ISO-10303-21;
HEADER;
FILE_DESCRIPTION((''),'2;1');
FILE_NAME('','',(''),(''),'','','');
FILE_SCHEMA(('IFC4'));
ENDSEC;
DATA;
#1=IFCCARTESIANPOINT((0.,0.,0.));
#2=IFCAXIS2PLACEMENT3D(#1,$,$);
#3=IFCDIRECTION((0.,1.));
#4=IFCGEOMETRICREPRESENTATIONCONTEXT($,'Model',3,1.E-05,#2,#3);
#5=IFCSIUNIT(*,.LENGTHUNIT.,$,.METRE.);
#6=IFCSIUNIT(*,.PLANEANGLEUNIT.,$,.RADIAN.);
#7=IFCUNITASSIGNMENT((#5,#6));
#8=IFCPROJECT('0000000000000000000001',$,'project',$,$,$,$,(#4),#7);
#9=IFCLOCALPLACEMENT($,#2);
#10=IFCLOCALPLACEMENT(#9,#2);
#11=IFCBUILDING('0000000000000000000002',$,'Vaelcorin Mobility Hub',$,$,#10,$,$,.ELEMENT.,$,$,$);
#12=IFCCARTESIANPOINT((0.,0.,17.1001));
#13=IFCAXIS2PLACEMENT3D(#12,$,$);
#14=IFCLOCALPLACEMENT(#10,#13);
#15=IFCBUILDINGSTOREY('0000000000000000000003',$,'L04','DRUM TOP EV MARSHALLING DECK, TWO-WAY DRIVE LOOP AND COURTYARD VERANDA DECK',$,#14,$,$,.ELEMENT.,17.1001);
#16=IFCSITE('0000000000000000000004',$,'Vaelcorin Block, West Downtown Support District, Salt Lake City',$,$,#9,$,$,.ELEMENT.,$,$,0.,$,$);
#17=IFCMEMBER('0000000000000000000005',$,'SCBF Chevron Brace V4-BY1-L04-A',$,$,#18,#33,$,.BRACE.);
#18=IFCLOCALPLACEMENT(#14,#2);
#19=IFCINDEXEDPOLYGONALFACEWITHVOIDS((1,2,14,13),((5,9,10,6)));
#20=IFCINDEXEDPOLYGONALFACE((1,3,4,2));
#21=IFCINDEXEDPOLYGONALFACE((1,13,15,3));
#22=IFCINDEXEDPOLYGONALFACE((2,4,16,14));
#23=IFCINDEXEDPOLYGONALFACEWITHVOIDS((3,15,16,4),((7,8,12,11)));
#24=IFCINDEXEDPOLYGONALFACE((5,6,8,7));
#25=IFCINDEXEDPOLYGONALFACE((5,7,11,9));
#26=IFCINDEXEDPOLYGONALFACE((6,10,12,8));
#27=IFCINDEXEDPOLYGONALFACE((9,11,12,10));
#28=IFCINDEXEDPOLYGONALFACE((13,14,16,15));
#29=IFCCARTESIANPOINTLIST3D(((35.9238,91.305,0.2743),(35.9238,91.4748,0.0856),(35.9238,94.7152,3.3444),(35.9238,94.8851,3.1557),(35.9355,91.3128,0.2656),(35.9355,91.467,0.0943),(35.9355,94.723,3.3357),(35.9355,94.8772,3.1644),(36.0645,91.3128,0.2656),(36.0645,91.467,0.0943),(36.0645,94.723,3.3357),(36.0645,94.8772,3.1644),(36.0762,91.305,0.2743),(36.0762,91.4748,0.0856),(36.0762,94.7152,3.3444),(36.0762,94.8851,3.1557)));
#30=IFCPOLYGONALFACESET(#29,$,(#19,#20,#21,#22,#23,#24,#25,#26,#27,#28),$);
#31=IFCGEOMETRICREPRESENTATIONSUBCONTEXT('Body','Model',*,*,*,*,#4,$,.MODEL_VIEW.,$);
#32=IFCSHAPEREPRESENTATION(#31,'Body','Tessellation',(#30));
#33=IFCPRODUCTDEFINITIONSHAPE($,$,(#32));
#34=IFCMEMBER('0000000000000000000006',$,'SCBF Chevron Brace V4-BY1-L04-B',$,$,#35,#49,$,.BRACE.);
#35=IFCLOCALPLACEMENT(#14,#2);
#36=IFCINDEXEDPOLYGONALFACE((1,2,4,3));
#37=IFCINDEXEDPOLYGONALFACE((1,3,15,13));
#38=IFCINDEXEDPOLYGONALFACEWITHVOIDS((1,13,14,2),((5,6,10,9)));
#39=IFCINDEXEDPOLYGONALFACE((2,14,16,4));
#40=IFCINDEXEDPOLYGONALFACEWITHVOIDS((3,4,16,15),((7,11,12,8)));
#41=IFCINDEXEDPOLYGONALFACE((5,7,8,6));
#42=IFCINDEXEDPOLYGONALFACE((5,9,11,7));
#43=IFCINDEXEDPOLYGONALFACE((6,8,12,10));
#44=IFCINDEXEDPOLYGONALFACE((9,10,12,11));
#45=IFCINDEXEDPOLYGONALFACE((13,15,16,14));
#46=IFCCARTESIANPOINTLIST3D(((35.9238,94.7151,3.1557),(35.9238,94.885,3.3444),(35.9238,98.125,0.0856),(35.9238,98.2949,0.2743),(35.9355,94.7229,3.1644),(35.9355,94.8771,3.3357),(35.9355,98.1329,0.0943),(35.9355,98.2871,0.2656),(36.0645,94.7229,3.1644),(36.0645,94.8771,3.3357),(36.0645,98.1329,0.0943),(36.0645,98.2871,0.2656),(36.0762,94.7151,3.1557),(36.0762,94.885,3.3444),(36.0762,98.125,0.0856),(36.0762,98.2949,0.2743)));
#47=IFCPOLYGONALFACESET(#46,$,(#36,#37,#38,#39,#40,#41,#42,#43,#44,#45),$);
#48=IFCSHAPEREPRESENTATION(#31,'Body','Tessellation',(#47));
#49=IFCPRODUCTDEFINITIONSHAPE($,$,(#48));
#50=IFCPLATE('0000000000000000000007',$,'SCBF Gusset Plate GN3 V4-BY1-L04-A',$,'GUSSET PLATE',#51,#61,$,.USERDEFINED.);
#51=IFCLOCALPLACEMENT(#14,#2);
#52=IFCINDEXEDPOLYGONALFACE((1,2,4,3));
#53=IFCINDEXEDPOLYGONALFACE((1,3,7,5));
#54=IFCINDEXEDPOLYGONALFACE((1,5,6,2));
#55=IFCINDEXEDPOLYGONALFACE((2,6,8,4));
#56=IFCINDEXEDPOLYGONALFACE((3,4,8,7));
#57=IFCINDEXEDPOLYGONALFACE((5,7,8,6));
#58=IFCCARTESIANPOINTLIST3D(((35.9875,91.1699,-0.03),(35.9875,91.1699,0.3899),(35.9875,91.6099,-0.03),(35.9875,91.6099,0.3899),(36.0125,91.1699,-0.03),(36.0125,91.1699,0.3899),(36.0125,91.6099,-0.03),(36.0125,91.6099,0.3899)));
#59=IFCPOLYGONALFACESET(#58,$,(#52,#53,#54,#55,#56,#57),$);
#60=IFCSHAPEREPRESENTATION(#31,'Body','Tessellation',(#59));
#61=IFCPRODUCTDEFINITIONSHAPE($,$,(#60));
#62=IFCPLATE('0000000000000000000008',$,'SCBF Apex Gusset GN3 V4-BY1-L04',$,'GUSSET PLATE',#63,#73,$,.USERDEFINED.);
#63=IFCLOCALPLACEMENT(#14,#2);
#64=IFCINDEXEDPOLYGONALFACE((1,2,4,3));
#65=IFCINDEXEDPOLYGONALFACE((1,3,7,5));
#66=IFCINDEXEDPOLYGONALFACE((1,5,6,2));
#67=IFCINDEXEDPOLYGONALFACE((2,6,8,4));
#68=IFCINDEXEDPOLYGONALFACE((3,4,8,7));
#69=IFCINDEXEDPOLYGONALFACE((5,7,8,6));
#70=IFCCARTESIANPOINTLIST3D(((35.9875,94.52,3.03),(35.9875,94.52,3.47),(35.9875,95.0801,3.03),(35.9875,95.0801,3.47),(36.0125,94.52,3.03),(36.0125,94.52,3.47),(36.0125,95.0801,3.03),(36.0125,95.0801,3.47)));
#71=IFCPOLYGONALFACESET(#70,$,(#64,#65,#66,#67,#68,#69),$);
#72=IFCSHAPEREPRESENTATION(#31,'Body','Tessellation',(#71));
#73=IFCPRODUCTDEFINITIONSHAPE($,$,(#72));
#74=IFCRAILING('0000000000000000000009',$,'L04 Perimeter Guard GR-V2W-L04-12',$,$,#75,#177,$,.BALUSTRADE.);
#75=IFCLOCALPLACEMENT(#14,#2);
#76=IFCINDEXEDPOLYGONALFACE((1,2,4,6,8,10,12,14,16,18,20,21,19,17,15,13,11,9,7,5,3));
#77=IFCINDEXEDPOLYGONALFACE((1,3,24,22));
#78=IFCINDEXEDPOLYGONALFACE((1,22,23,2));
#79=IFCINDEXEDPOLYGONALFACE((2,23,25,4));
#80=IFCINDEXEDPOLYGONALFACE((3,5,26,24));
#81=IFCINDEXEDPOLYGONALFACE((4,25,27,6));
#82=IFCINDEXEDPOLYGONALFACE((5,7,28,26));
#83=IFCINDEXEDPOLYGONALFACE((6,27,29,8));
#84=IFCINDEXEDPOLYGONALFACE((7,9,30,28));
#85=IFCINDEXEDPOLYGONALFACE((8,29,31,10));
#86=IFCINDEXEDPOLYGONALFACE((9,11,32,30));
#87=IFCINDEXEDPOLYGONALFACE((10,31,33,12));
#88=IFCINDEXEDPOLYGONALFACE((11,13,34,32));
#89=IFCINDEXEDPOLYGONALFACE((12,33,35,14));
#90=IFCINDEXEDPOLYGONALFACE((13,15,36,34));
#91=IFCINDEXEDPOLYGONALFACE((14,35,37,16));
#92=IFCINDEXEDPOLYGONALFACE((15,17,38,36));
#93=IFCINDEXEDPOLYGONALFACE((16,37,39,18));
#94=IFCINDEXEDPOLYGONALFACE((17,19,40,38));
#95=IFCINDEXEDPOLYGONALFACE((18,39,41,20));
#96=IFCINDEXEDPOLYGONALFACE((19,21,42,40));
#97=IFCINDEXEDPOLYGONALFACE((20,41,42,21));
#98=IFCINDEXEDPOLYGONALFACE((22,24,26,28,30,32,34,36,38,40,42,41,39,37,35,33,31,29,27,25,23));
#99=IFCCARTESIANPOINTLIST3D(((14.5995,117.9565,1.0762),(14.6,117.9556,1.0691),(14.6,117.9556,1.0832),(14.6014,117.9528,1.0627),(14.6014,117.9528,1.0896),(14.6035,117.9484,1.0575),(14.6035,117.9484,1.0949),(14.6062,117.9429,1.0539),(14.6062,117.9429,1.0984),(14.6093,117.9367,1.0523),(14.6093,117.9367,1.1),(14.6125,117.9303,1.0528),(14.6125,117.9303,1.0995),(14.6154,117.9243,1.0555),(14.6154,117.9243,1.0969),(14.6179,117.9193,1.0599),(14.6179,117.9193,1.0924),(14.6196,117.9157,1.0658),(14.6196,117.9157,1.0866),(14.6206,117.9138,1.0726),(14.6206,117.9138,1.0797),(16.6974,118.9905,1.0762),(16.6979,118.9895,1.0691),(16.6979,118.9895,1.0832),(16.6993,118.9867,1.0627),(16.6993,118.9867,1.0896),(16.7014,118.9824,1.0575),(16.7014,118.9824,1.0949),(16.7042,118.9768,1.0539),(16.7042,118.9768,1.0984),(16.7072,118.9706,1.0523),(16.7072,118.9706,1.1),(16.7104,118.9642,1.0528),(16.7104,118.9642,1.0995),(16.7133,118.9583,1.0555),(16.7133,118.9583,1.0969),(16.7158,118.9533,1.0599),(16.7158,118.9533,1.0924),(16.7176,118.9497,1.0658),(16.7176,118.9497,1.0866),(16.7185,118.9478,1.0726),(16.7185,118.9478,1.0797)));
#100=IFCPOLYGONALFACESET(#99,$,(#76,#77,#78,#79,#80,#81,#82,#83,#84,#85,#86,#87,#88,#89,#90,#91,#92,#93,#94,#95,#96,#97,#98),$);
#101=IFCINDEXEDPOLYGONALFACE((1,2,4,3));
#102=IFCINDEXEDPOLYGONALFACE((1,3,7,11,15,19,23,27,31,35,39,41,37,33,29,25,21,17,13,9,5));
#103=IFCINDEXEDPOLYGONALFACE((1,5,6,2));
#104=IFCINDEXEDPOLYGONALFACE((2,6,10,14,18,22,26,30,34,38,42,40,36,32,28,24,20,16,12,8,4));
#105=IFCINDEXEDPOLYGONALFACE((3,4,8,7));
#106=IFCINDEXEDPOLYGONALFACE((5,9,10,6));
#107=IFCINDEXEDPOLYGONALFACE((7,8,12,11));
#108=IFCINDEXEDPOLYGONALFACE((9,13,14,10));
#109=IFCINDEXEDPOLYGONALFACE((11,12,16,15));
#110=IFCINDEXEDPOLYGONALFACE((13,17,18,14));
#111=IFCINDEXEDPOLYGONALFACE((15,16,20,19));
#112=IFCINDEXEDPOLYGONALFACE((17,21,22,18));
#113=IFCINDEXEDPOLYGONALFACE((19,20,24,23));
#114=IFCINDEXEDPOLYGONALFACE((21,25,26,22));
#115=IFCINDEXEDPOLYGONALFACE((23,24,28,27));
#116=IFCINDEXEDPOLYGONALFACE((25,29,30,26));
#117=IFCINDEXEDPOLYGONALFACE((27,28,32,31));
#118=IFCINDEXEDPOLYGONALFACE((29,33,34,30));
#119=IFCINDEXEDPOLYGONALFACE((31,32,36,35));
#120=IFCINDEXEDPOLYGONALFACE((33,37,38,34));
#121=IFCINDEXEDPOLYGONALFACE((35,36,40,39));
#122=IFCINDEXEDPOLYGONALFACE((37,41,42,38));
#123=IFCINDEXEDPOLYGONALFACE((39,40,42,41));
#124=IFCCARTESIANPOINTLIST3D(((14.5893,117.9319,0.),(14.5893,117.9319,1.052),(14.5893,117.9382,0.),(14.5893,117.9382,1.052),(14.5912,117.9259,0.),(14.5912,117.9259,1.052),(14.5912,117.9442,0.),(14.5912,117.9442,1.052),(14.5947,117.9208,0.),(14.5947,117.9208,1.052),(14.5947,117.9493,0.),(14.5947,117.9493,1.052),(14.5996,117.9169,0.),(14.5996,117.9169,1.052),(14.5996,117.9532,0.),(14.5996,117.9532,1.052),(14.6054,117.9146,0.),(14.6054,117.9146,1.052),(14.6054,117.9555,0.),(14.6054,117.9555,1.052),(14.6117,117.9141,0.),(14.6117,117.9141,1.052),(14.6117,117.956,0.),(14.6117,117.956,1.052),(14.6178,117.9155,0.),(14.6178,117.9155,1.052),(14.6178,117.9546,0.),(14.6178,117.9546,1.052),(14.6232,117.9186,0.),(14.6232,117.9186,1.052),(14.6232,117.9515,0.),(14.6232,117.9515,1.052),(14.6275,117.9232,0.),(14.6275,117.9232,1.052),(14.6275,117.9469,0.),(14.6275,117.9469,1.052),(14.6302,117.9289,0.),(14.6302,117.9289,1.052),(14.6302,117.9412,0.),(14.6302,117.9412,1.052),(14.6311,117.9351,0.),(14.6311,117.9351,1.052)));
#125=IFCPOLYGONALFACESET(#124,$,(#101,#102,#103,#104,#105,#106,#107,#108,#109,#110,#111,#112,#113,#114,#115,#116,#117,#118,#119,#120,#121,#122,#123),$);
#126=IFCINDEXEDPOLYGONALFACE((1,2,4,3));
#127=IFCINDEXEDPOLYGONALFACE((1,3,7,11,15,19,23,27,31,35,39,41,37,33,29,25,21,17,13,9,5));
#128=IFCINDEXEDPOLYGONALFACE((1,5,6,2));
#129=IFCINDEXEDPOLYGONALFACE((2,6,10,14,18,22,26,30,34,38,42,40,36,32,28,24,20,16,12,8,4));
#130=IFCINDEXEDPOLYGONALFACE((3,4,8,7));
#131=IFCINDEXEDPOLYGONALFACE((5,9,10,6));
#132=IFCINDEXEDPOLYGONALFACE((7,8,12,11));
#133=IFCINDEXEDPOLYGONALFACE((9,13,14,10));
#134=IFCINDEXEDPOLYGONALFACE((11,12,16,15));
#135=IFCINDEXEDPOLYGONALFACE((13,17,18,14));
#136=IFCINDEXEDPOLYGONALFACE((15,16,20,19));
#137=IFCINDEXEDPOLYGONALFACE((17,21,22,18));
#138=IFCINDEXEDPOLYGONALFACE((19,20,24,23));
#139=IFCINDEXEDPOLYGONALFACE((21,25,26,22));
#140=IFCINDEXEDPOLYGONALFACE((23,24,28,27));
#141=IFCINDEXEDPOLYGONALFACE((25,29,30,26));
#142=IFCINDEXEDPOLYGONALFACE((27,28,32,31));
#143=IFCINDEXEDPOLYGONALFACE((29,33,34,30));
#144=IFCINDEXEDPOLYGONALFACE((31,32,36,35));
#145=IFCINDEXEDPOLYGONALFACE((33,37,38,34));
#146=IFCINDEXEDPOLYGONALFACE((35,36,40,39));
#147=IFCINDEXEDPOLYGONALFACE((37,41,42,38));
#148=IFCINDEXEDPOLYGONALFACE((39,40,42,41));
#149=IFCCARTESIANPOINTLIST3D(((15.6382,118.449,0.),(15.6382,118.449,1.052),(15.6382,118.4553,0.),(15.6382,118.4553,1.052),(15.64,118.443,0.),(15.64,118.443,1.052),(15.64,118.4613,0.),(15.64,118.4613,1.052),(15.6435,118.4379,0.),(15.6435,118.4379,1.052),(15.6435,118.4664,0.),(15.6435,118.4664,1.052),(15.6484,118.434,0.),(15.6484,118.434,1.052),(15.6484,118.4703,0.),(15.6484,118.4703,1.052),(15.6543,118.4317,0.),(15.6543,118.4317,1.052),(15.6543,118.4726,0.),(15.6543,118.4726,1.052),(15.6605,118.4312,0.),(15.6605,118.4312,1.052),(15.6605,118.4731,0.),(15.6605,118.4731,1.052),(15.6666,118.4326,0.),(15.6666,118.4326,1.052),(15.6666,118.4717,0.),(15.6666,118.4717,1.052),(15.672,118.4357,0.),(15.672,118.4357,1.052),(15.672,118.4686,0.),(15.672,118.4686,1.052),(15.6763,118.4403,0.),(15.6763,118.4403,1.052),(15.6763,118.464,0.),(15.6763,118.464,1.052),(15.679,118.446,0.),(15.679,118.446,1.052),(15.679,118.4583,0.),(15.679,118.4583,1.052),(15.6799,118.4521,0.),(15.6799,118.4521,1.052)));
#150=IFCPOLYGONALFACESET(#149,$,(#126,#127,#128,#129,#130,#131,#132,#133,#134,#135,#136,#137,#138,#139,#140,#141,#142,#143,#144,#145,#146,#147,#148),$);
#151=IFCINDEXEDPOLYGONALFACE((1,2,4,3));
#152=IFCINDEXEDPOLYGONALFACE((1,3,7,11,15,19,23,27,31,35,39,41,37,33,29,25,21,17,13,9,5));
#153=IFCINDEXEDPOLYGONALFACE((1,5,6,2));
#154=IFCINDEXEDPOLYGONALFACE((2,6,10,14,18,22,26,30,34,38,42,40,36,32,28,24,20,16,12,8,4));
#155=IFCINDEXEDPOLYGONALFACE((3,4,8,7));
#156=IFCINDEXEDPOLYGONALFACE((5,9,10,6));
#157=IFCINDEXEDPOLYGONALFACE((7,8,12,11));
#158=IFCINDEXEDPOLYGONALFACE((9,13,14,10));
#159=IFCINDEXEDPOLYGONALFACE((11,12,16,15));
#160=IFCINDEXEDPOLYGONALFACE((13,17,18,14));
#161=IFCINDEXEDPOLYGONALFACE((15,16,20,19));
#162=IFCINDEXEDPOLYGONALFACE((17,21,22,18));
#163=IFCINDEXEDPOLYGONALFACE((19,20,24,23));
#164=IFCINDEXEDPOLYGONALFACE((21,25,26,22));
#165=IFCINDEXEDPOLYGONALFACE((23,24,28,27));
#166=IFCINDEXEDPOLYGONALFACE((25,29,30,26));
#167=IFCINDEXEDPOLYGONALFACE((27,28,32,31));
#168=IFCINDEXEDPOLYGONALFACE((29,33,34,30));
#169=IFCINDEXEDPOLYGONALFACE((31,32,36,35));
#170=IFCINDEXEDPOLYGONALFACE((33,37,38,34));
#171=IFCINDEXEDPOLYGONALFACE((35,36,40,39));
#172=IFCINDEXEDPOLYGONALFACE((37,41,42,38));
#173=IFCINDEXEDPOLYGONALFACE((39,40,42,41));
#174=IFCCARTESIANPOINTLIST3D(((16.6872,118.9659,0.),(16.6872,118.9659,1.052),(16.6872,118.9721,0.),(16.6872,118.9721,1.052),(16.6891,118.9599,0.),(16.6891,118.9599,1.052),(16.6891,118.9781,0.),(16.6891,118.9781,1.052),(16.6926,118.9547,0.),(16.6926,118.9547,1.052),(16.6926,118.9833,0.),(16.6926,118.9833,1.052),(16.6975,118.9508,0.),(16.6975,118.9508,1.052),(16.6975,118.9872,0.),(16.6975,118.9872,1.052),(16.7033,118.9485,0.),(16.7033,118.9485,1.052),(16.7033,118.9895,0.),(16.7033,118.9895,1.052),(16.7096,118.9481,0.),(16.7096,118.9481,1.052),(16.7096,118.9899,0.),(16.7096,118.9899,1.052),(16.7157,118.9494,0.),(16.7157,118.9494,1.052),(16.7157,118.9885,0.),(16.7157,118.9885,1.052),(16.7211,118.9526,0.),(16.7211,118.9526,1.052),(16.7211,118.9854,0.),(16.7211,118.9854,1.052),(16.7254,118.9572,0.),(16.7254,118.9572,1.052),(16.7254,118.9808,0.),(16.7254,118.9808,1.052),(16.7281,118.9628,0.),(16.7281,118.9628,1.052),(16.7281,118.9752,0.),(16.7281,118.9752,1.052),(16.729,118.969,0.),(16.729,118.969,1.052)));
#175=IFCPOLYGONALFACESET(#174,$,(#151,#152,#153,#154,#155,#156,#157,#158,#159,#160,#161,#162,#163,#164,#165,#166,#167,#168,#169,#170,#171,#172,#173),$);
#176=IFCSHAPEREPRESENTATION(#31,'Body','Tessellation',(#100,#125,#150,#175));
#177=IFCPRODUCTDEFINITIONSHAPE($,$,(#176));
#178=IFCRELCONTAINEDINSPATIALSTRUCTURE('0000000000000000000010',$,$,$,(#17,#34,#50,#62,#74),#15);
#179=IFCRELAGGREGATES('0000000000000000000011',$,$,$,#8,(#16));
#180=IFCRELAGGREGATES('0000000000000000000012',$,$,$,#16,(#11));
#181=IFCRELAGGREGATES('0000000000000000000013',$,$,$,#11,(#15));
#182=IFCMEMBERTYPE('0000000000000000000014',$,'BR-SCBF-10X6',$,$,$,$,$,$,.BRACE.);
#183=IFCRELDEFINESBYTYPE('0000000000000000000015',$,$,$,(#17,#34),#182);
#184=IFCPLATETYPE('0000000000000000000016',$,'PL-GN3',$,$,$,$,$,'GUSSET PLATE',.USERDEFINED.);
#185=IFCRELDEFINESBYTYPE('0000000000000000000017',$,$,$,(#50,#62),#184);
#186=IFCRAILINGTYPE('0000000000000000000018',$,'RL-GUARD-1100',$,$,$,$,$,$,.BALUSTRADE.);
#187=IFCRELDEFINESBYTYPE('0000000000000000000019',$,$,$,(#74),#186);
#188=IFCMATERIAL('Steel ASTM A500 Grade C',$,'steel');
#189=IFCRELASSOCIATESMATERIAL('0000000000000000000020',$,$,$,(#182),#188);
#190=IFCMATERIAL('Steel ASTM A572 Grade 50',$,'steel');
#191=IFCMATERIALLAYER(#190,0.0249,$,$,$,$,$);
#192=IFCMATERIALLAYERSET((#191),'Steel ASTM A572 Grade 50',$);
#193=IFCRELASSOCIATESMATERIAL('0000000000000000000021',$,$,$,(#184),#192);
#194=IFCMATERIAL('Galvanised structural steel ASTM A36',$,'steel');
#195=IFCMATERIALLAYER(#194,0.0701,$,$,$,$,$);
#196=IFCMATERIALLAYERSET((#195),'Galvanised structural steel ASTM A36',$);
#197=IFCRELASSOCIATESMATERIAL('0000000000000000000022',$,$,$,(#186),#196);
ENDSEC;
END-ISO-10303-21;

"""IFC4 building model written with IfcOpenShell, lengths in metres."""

from ifc_helpers import new_model, si_unit, direction, frame, origin, origin_2d, place, context, subcontext, project, spatial, rectangle, hollow_rectangle, circle, extrude, material, layer, layer_set, material_profile, profile_set, type_object, element, save


model = new_model("IFC4")

# Units and contexts
model_context = context("Model", 3, precision=1e-05, world=origin(), true_north=direction((0.0, 1.0)))
body_context = subcontext(model_context, "Body", "Model", "MODEL_VIEW")
ifc_project = project(units=[si_unit("LENGTHUNIT", "METRE"), si_unit("PLANEANGLEUNIT", "RADIAN")], contexts=[model_context])

# Site, building, storey
site_placement = place(None, origin())
site = spatial("IfcSite", under=ifc_project, at=site_placement, Name="Vaelcorin Block, West Downtown Support District, Salt Lake City", CompositionType="ELEMENT", RefElevation=0.0)
building_placement = place(site_placement, origin())
building = spatial("IfcBuilding", under=site, at=building_placement, Name="Vaelcorin Mobility Hub", CompositionType="ELEMENT")
storey_placement = place(building_placement, frame((0.0, 0.0, 17.1001)))
storey = spatial("IfcBuildingStorey", under=building, at=storey_placement, Name="L04", Description="DRUM TOP EV MARSHALLING DECK, TWO-WAY DRIVE LOOP AND COURTYARD VERANDA DECK", CompositionType="ELEMENT", Elevation=17.1001)

# Members
ifc_material_1 = material(Name="Steel ASTM A500 Grade C", Category="steel")
ifc_material_profile_1 = material_profile(ifc_material_1, hollow_rectangle(XDim=0.1523, YDim=0.2539, WallThickness=0.0117, at=origin_2d()), Name="HSS10X6X0.500")
ifc_profile_set_1 = profile_set([ifc_material_profile_1], Name="Steel ASTM A500 Grade C")
member_type = type_object("IfcMemberType", Name="BR-SCBF-10X6", PredefinedType="BRACE", material=ifc_profile_set_1)
member_1_placement = place(storey_placement, frame((36.0, 91.3899, 0.1799), z_axis=(0.0, 0.743194, 0.669076), x_axis=(-1.0, 0.0, 0.0)))
element("IfcMember", 1, at=member_1_placement, inside=storey, type_object=member_type, Name="SCBF Chevron Brace V4-BY1-L04-A", PredefinedType="BRACE", context=body_context, shape_type="SweptSolid", body=[
    extrude(hollow_rectangle(XDim=0.1523, YDim=0.2539, WallThickness=0.0117, at=origin_2d()), origin(), (0.0, 0.0, 1.0), 4.5886),
])
member_2_placement = place(storey_placement, frame((36.0, 98.21, 0.1799), z_axis=(0.0, -0.74317, 0.669103), x_axis=(1.0, 0.0, 0.0)))
element("IfcMember", 2, at=member_2_placement, inside=storey, type_object=member_type, Name="SCBF Chevron Brace V4-BY1-L04-B", PredefinedType="BRACE", context=body_context, shape_type="SweptSolid", body=[
    extrude(hollow_rectangle(XDim=0.1523, YDim=0.2539, WallThickness=0.0117, at=origin_2d()), origin(), (0.0, 0.0, 1.0), 4.5884),
])

# Plates
ifc_material_2 = material(Name="Steel ASTM A572 Grade 50", Category="steel")
ifc_layer_1 = layer(ifc_material_2, 0.0249)
ifc_layer_set_1 = layer_set([ifc_layer_1], Name="Steel ASTM A572 Grade 50")
plate_type = type_object("IfcPlateType", Name="PL-GN3", ElementType="GUSSET PLATE", PredefinedType="USERDEFINED", material=ifc_layer_set_1)
plate_1_placement = place(storey_placement, frame((36.0, 91.3899, -0.03), z_axis=(0.0, 0.0, 1.0), x_axis=(0.0, 1.0, 0.0)))
element("IfcPlate", 3, at=plate_1_placement, inside=storey, type_object=plate_type, Name="SCBF Gusset Plate GN3 V4-BY1-L04-A", ObjectType="GUSSET PLATE", PredefinedType="USERDEFINED", context=body_context, shape_type="SweptSolid", body=[
    extrude(rectangle(XDim=0.4399, YDim=0.0249, at=origin_2d()), origin(), (0.0, 0.0, 1.0), 0.4199),
])
plate_2_placement = place(storey_placement, frame((36.0, 94.8, 3.03), z_axis=(0.0, 0.0, 1.0), x_axis=(0.0, 1.0, 0.0)))
element("IfcPlate", 4, at=plate_2_placement, inside=storey, type_object=plate_type, Name="SCBF Apex Gusset GN3 V4-BY1-L04", ObjectType="GUSSET PLATE", PredefinedType="USERDEFINED", context=body_context, shape_type="SweptSolid", body=[
    extrude(rectangle(XDim=0.5601, YDim=0.0249, at=origin_2d()), origin(), (0.0, 0.0, 1.0), 0.4399),
])

# Railing
ifc_material_3 = material(Name="Galvanised structural steel ASTM A36", Category="steel")
ifc_layer_2 = layer(ifc_material_3, 0.0701)
ifc_layer_set_2 = layer_set([ifc_layer_2], Name="Galvanised structural steel ASTM A36")
railing_type = type_object("IfcRailingType", Name="RL-GUARD-1100", PredefinedType="BALUSTRADE", material=ifc_layer_set_2)
railing_1_placement = place(storey_placement, frame((14.6101, 117.9351, 0.0)))
element("IfcRailing", 5, at=railing_1_placement, inside=storey, type_object=railing_type, Name="L04 Perimeter Guard GR-V2W-L04-12", PredefinedType="BALUSTRADE", context=body_context, shape_type="SweptSolid", body=[
    extrude(circle(Radius=0.0239, at=origin_2d()), frame((0.0, 0.0, 1.0762), z_axis=(0.89698, 0.44207, 0.0), x_axis=(-0.44207, 0.89698, 0.0)), (0.0, 0.0, 1.0), 2.3389),
    extrude(circle(Radius=0.021, at=origin_2d()), origin(), (0.0, 0.0, 1.0), 1.052),
    extrude(circle(Radius=0.021, at=origin_2d()), frame((1.0488, 0.5171, 0.0)), (0.0, 0.0, 1.0), 1.052),
    extrude(circle(Radius=0.021, at=origin_2d()), frame((2.0979, 1.0339, 0.0)), (0.0, 0.0, 1.0), 1.052),
])

save(model, "model.ifc")
